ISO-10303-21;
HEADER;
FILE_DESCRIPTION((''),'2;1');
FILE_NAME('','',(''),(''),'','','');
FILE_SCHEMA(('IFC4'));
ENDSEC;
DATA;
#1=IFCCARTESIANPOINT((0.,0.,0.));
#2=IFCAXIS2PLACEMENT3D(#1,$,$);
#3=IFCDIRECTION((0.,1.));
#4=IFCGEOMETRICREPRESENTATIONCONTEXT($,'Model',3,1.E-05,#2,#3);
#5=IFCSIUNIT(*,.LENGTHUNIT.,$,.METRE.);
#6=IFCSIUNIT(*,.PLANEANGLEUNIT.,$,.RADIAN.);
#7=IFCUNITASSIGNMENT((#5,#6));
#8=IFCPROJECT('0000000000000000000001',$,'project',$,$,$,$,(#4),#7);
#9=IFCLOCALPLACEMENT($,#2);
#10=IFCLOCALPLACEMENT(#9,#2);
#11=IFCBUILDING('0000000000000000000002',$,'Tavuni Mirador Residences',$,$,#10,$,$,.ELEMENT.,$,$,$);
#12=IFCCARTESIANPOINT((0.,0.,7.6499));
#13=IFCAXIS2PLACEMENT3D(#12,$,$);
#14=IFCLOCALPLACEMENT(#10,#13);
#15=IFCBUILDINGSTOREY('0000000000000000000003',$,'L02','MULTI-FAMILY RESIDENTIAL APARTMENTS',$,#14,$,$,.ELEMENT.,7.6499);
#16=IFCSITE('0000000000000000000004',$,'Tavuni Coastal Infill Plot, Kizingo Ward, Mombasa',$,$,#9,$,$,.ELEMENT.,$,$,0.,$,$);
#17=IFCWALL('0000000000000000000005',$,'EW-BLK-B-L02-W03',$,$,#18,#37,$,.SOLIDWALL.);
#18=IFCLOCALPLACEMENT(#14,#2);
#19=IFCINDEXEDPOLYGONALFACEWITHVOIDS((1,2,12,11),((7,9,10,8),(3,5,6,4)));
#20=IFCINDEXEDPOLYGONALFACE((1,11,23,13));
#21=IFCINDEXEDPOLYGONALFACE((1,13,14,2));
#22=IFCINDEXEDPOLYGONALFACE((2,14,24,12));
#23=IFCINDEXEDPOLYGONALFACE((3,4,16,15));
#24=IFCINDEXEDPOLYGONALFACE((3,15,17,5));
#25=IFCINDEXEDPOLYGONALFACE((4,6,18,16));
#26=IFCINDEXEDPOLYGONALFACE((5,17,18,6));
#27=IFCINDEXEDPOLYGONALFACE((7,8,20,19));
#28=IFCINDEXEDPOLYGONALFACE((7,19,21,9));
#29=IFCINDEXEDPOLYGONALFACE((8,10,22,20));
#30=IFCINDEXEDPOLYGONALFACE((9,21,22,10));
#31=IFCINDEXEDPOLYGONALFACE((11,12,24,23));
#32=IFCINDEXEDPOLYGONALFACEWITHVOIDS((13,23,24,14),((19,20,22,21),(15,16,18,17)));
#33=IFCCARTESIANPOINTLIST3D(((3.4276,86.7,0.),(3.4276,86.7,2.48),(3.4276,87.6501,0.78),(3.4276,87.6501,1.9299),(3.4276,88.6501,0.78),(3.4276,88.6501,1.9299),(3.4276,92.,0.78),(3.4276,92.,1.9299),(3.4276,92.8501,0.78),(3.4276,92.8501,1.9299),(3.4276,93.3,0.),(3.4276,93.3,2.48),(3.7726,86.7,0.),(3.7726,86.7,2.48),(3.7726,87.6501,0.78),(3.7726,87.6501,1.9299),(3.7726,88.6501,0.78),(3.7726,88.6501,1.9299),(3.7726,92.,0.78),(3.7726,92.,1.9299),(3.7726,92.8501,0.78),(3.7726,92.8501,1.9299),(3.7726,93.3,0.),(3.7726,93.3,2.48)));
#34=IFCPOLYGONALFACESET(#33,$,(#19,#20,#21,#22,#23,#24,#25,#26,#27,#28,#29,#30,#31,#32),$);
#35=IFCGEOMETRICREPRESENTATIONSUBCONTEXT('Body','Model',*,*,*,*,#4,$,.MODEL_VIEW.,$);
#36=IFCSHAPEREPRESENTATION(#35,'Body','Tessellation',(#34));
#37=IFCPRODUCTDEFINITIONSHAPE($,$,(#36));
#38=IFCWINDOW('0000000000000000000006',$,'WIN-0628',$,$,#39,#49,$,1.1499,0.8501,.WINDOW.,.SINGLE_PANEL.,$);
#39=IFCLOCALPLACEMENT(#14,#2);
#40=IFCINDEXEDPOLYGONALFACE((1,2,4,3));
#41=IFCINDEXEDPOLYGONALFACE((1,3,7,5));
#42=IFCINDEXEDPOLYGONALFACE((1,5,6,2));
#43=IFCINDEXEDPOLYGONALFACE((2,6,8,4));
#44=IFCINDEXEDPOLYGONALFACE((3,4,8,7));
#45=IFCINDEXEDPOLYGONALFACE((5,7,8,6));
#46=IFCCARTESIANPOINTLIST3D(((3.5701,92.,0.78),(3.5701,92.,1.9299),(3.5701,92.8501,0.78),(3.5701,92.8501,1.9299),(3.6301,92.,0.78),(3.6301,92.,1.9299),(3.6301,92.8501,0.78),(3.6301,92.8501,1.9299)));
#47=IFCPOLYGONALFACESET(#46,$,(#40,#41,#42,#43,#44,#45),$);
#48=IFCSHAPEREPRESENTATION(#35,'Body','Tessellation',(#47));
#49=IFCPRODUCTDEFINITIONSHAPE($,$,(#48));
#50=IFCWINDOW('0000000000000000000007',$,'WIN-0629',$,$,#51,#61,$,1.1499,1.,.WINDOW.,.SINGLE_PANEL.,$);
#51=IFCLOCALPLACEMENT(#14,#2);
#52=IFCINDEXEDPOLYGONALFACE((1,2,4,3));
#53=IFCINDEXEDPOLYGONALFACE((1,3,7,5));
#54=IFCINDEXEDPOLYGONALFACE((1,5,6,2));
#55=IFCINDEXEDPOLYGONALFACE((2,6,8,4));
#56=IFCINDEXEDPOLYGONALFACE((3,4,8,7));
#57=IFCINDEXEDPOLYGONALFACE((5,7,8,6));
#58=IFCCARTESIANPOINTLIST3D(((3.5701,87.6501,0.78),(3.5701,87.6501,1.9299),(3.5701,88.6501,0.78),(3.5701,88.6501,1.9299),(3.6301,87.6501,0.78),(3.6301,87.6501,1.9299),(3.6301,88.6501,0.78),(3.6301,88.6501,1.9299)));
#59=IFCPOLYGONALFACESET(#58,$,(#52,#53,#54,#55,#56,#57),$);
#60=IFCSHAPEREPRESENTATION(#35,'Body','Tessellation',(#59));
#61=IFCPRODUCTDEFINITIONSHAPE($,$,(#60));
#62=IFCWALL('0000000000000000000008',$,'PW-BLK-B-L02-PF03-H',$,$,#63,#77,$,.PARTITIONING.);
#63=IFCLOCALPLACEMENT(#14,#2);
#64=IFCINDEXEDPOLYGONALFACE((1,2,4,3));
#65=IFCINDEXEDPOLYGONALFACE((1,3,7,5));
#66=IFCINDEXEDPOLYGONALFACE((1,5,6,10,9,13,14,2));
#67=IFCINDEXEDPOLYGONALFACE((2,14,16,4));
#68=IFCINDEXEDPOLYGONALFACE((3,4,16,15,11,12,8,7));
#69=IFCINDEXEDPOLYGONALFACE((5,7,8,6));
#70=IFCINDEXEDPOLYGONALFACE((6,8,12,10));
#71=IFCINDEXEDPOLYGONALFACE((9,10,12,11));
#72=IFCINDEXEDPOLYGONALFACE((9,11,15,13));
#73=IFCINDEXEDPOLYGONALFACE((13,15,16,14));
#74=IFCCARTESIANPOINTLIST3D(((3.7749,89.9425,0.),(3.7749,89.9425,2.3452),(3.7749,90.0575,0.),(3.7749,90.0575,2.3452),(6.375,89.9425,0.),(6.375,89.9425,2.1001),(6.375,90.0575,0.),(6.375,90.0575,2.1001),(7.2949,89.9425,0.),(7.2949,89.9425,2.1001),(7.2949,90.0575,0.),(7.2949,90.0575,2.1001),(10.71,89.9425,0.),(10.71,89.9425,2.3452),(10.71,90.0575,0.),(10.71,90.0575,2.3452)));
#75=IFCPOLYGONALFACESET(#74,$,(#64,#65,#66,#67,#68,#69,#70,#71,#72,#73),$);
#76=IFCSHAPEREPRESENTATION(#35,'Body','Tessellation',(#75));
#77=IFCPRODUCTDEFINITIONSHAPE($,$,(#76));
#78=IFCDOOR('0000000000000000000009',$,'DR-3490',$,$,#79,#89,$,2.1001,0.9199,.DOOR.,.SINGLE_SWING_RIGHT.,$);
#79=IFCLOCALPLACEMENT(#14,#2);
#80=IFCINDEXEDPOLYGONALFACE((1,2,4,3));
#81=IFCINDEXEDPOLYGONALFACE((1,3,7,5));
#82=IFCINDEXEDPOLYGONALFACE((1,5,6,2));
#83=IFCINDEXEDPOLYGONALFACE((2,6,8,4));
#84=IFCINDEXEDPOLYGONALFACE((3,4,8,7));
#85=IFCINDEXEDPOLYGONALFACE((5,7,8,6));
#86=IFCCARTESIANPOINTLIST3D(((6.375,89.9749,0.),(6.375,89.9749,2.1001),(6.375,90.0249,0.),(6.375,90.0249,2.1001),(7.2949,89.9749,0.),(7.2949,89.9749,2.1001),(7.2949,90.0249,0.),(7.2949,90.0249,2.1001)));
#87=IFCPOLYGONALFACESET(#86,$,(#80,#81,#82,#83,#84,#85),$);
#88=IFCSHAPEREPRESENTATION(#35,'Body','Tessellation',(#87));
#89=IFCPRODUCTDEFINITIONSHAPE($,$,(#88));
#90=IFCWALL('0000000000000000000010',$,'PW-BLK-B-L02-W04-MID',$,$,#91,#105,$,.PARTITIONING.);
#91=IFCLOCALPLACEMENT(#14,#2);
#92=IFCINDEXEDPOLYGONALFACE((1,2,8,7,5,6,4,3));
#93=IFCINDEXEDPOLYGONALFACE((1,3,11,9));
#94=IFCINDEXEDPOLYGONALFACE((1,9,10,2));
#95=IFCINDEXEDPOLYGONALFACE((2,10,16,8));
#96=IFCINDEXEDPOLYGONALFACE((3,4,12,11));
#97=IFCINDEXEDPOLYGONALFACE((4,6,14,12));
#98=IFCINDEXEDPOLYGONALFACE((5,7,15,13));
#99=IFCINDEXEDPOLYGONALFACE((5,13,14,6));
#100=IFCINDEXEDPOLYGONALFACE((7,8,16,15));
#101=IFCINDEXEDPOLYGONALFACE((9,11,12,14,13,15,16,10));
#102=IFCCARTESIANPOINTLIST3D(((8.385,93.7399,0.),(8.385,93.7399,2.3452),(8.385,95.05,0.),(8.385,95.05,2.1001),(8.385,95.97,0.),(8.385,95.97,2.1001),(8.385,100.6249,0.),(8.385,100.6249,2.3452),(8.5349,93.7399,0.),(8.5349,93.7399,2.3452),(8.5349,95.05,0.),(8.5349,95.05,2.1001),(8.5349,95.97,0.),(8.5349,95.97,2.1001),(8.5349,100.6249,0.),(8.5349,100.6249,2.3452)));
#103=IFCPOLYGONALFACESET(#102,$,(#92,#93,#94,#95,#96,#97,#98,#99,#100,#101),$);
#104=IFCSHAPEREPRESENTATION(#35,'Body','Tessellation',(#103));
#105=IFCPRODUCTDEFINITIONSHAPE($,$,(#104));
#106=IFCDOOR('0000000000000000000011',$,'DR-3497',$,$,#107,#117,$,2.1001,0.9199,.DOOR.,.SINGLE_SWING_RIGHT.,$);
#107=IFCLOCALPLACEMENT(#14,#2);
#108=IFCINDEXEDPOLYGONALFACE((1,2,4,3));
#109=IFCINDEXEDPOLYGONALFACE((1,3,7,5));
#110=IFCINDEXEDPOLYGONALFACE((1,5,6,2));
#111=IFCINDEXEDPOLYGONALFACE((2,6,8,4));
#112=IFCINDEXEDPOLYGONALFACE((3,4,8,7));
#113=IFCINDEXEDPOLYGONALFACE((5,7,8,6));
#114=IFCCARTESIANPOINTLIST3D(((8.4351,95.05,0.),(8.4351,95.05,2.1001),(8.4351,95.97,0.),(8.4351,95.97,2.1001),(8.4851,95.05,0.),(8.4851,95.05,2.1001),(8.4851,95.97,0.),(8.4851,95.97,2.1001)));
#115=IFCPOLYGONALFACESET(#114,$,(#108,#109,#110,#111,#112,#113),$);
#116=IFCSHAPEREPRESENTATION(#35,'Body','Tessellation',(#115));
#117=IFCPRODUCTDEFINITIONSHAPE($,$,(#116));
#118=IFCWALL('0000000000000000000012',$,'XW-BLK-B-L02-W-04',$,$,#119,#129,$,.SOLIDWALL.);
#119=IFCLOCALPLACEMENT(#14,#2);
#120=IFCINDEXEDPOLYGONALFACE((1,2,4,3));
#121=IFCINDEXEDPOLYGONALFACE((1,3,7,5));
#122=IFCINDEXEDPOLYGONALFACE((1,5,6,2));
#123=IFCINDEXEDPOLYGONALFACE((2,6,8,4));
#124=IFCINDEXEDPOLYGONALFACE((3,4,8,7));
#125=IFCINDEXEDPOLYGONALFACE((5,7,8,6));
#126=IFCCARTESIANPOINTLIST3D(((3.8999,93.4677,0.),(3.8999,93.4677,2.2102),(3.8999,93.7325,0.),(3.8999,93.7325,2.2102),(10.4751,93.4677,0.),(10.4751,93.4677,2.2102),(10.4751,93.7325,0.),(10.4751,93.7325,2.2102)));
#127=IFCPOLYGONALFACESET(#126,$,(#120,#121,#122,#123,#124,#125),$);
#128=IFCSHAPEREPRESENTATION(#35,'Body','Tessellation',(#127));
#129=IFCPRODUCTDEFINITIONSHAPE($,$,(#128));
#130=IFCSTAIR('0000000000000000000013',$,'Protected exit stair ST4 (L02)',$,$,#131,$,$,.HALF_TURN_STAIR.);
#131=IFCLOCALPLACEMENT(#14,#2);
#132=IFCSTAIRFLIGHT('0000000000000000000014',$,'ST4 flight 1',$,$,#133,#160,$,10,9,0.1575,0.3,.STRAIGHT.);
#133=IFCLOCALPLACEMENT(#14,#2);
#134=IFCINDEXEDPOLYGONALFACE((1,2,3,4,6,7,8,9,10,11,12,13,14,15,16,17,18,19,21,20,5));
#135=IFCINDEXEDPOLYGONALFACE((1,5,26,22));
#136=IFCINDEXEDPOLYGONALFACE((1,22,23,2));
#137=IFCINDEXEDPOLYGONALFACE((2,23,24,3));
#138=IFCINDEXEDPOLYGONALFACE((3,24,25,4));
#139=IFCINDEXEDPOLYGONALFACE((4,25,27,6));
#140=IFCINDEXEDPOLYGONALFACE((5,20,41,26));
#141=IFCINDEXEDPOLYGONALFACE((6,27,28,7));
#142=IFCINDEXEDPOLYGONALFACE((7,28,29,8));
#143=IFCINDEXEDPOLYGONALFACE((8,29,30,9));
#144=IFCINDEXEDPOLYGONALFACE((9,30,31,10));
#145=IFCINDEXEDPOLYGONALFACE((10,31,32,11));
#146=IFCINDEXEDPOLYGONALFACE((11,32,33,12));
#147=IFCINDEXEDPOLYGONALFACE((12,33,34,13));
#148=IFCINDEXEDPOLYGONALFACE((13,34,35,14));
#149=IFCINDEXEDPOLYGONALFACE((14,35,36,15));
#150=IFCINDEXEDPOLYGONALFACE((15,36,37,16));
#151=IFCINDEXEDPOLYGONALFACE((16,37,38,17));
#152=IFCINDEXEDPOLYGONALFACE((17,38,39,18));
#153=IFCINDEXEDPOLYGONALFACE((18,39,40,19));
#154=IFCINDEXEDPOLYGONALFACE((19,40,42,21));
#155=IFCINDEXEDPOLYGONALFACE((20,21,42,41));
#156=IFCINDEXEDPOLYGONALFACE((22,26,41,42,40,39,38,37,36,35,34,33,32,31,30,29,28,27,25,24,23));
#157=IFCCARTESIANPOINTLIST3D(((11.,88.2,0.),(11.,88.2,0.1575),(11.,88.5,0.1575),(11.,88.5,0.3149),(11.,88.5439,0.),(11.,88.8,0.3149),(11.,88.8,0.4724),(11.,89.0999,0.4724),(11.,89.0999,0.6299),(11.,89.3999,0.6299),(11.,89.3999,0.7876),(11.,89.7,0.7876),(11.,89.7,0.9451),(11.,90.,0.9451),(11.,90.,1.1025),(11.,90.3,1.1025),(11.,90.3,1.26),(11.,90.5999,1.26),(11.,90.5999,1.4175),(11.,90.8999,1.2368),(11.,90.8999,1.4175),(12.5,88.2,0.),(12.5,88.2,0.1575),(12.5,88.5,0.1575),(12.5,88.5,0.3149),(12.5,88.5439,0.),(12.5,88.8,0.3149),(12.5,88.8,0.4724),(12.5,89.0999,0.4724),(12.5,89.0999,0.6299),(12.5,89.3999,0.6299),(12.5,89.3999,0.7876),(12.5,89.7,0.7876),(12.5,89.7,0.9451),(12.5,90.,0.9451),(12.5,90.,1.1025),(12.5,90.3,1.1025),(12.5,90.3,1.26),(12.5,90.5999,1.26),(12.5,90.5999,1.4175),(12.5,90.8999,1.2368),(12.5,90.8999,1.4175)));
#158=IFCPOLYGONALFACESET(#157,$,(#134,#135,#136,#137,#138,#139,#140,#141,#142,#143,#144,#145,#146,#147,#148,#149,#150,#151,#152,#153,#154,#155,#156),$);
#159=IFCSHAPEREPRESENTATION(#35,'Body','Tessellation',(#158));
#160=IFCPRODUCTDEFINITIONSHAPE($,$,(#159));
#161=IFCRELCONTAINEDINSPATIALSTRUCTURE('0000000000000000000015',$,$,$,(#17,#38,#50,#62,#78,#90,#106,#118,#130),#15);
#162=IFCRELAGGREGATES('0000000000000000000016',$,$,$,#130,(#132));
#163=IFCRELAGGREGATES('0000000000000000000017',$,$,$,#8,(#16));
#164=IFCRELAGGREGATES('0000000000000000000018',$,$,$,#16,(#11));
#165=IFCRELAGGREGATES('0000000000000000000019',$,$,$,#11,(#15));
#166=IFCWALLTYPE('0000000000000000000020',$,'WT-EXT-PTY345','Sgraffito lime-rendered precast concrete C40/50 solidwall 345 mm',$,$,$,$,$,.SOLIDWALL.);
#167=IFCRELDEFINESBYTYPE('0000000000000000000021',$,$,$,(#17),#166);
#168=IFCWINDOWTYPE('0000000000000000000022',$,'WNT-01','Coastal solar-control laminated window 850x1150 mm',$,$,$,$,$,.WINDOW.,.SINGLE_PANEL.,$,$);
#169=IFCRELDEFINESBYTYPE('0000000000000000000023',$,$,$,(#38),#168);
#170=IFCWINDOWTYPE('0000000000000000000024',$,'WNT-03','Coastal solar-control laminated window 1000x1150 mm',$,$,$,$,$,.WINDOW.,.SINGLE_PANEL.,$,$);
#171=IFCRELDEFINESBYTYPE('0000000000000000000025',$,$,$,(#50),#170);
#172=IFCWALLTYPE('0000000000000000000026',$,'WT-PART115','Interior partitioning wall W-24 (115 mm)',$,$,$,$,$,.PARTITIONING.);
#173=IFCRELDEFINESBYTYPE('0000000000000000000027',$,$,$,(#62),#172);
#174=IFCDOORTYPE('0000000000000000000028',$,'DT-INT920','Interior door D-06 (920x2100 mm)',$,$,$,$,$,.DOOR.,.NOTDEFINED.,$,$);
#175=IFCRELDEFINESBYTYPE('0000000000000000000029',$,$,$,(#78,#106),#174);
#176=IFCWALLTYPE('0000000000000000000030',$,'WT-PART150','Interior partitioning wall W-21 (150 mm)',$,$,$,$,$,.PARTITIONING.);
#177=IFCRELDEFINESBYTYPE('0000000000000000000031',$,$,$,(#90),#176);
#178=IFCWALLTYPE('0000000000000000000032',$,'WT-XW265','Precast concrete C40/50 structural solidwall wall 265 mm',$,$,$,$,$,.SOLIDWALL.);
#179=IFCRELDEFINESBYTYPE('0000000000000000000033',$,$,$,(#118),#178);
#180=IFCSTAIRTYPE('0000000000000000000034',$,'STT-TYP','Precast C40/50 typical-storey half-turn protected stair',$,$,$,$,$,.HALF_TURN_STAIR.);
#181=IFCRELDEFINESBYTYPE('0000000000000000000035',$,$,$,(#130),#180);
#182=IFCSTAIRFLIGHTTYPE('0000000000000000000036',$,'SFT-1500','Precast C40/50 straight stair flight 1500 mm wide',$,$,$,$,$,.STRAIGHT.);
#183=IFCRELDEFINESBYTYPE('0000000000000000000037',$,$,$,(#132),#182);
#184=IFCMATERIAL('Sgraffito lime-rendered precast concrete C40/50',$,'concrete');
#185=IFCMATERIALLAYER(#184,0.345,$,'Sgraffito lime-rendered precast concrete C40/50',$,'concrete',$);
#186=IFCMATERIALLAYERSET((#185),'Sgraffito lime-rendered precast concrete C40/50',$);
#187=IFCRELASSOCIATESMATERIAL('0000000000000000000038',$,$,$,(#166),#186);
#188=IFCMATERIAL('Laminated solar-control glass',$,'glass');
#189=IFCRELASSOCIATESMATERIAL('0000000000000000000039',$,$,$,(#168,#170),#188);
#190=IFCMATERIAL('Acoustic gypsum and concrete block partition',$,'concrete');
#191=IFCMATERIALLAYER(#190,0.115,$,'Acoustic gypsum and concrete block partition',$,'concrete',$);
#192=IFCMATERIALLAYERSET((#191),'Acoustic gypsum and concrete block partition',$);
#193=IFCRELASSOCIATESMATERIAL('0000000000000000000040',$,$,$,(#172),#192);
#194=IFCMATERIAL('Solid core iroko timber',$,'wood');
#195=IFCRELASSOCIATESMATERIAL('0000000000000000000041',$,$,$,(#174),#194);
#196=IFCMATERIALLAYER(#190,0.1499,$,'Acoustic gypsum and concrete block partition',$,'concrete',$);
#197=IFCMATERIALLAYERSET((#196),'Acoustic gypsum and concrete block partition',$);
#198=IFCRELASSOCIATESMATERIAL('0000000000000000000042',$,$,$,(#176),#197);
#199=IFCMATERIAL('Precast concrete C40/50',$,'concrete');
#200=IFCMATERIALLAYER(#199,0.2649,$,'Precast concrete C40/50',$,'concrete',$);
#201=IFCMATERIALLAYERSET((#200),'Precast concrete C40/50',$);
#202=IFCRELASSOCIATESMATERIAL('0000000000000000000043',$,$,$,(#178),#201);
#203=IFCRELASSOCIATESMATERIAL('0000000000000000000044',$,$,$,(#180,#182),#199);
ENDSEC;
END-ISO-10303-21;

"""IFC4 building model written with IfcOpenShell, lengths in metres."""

from ifc_helpers import new_model, si_unit, direction, frame, frame_2d, origin, place, context, subcontext, project, spatial, polyline, rectangle, outline, extrude, material, layer, layer_set, type_object, element, fill, aggregate, save


model = new_model("IFC4")

# Units and contexts
model_context = context("Model", 3, precision=1e-05, world=origin(), true_north=direction((0.0, 1.0)))
body_context = subcontext(model_context, "Body", "Model", "MODEL_VIEW")
ifc_project = project(units=[si_unit("LENGTHUNIT", "METRE"), si_unit("PLANEANGLEUNIT", "RADIAN")], contexts=[model_context])

# Site, building, storey
site_placement = place(None, origin())
site = spatial("IfcSite", under=ifc_project, at=site_placement, Name="Tavuni Coastal Infill Plot, Kizingo Ward, Mombasa", CompositionType="ELEMENT", RefElevation=0.0)
building_placement = place(site_placement, origin())
building = spatial("IfcBuilding", under=site, at=building_placement, Name="Tavuni Mirador Residences", CompositionType="ELEMENT")
storey_placement = place(building_placement, frame((0.0, 0.0, 7.6499)))
storey = spatial("IfcBuildingStorey", under=building, at=storey_placement, Name="L02", Description="MULTI-FAMILY RESIDENTIAL APARTMENTS", CompositionType="ELEMENT", Elevation=7.6499)

# Shared definitions
ifc_material_1 = material(Name="Precast concrete C40/50", Category="concrete")

# Shared definitions
ifc_material_2 = material(Name="Solid core iroko timber", Category="wood")

# Wall, openings, windows
ifc_material_3 = material(Name="Sgraffito lime-rendered precast concrete C40/50", Category="concrete")
ifc_layer_1 = layer(ifc_material_3, 0.345, Name="Sgraffito lime-rendered precast concrete C40/50", Category="concrete")
ifc_layer_set_1 = layer_set([ifc_layer_1], Name="Sgraffito lime-rendered precast concrete C40/50")
wall_type_1 = type_object("IfcWallType", Name="WT-EXT-PTY345", Description="Sgraffito lime-rendered precast concrete C40/50 solidwall 345 mm", PredefinedType="SOLIDWALL", material=ifc_layer_set_1)
wall_1_placement = place(storey_placement, frame((3.6001, 93.3, 0.0), z_axis=(0.0, 0.0, 1.0), x_axis=(0.0, -1.0, 0.0)))
wall_1 = element("IfcWall", 1, at=wall_1_placement, inside=storey, type_object=wall_type_1, Name="EW-BLK-B-L02-W03", PredefinedType="SOLIDWALL", context=body_context, shape_type="SweptSolid", body=[
    extrude(rectangle(XDim=6.6001, YDim=0.345, at=frame_2d((3.3, 0.0))), origin(), (0.0, 0.0, 1.0), 2.48),
])
opening_1_placement = place(wall_1_placement, frame((0.45, 0.0, 0.78)))
opening_1 = element("IfcOpeningElement", 2, at=opening_1_placement, cuts=wall_1, PredefinedType="OPENING", context=body_context, shape_type="SweptSolid", body=[
    extrude(rectangle(XDim=0.8501, YDim=1.1499, at=frame_2d((0.425, 0.575))), frame((0.0, 0.1826, 0.0), z_axis=(0.0, -1.0, 0.0), x_axis=(1.0, 0.0, 0.0)), (0.0, 0.0, 1.0), 0.365),
])
opening_2_placement = place(wall_1_placement, frame((4.6499, 0.0, 0.78)))
opening_2 = element("IfcOpeningElement", 3, at=opening_2_placement, cuts=wall_1, PredefinedType="OPENING", context=body_context, shape_type="SweptSolid", body=[
    extrude(rectangle(XDim=1.0, YDim=1.1499, at=frame_2d((0.5, 0.575))), frame((0.0, 0.1826, 0.0), z_axis=(0.0, -1.0, 0.0), x_axis=(1.0, 0.0, 0.0)), (0.0, 0.0, 1.0), 0.365),
])
ifc_material_4 = material(Name="Laminated solar-control glass", Category="glass")
window_type_1 = type_object("IfcWindowType", Name="WNT-01", Description="Coastal solar-control laminated window 850x1150 mm", PartitioningType="SINGLE_PANEL", PredefinedType="WINDOW", material=ifc_material_4)
window_1_placement = place(opening_1_placement, origin())
window_1 = element("IfcWindow", 4, at=window_1_placement, inside=storey, type_object=window_type_1, Name="WIN-0628", OverallHeight=1.1499, OverallWidth=0.8501, PartitioningType="SINGLE_PANEL", PredefinedType="WINDOW", context=body_context, shape_type="SweptSolid", body=[
    extrude(rectangle(XDim=0.8501, YDim=1.1499, at=frame_2d((0.425, 0.575))), frame((0.0, 0.03, 0.0), z_axis=(0.0, -1.0, 0.0), x_axis=(1.0, 0.0, 0.0)), (0.0, 0.0, 1.0), 0.0601),
])
fill(opening_1, window_1)
window_type_2 = type_object("IfcWindowType", Name="WNT-03", Description="Coastal solar-control laminated window 1000x1150 mm", PartitioningType="SINGLE_PANEL", PredefinedType="WINDOW", material=ifc_material_4)
window_2_placement = place(opening_2_placement, origin())
window_2 = element("IfcWindow", 5, at=window_2_placement, inside=storey, type_object=window_type_2, Name="WIN-0629", OverallHeight=1.1499, OverallWidth=1.0, PartitioningType="SINGLE_PANEL", PredefinedType="WINDOW", context=body_context, shape_type="SweptSolid", body=[
    extrude(rectangle(XDim=1.0, YDim=1.1499, at=frame_2d((0.5, 0.575))), frame((0.0, 0.03, 0.0), z_axis=(0.0, -1.0, 0.0), x_axis=(1.0, 0.0, 0.0)), (0.0, 0.0, 1.0), 0.0601),
])
fill(opening_2, window_2)

# Walls, openings, doors
ifc_material_5 = material(Name="Acoustic gypsum and concrete block partition", Category="concrete")
ifc_layer_2 = layer(ifc_material_5, 0.115, Name="Acoustic gypsum and concrete block partition", Category="concrete")
ifc_layer_set_2 = layer_set([ifc_layer_2], Name="Acoustic gypsum and concrete block partition")
wall_type_2 = type_object("IfcWallType", Name="WT-PART115", Description="Interior partitioning wall W-24 (115 mm)", PredefinedType="PARTITIONING", material=ifc_layer_set_2)
wall_2_placement = place(storey_placement, frame((3.7749, 90.0, 0.0), z_axis=(0.0, 0.0, 1.0), x_axis=(1.0, 0.0, 0.0)))
wall_2 = element("IfcWall", 6, at=wall_2_placement, inside=storey, type_object=wall_type_2, Name="PW-BLK-B-L02-PF03-H", PredefinedType="PARTITIONING", context=body_context, shape_type="SweptSolid", body=[
    extrude(rectangle(XDim=6.9351, YDim=0.115, at=frame_2d((3.4675, 0.0))), origin(), (0.0, 0.0, 1.0), 2.3452),
])
opening_3_placement = place(wall_2_placement, frame((2.6001, 0.0, 0.0)))
opening_3 = element("IfcOpeningElement", 7, at=opening_3_placement, cuts=wall_2, PredefinedType="OPENING", context=body_context, shape_type="SweptSolid", body=[
    extrude(rectangle(XDim=0.9199, YDim=2.1001, at=frame_2d((0.46, 1.05))), frame((0.0, 0.0674, 0.0), z_axis=(0.0, -1.0, 0.0), x_axis=(1.0, 0.0, 0.0)), (0.0, 0.0, 1.0), 0.135),
])
door_type_1 = type_object("IfcDoorType", Name="DT-INT920", Description="Interior door D-06 (920x2100 mm)", OperationType="NOTDEFINED", PredefinedType="DOOR", material=ifc_material_2)
door_1_placement = place(opening_3_placement, origin())
door_1 = element("IfcDoor", 8, at=door_1_placement, inside=storey, type_object=door_type_1, Name="DR-3490", OperationType="SINGLE_SWING_RIGHT", OverallHeight=2.1001, OverallWidth=0.9199, PredefinedType="DOOR", context=body_context, shape_type="SweptSolid", body=[
    extrude(rectangle(XDim=0.9199, YDim=2.1001, at=frame_2d((0.46, 1.05))), frame((0.0, 0.0249, 0.0), z_axis=(0.0, -1.0, 0.0), x_axis=(1.0, 0.0, 0.0)), (0.0, 0.0, 1.0), 0.05),
])
fill(opening_3, door_1)
ifc_layer_3 = layer(ifc_material_5, 0.1499, Name="Acoustic gypsum and concrete block partition", Category="concrete")
ifc_layer_set_3 = layer_set([ifc_layer_3], Name="Acoustic gypsum and concrete block partition")
wall_type_3 = type_object("IfcWallType", Name="WT-PART150", Description="Interior partitioning wall W-21 (150 mm)", PredefinedType="PARTITIONING", material=ifc_layer_set_3)
wall_3_placement = place(storey_placement, frame((8.46, 93.74, 0.0), z_axis=(0.0, 0.0, 1.0), x_axis=(0.0, 1.0, 0.0)))
wall_3 = element("IfcWall", 9, at=wall_3_placement, inside=storey, type_object=wall_type_3, Name="PW-BLK-B-L02-W04-MID", PredefinedType="PARTITIONING", context=body_context, shape_type="SweptSolid", body=[
    extrude(rectangle(XDim=6.885, YDim=0.1499, at=frame_2d((3.4424, 0.0))), origin(), (0.0, 0.0, 1.0), 2.3452),
])
opening_4_placement = place(wall_3_placement, frame((1.3101, 0.0, 0.0)))
opening_4 = element("IfcOpeningElement", 10, at=opening_4_placement, cuts=wall_3, PredefinedType="OPENING", context=body_context, shape_type="SweptSolid", body=[
    extrude(rectangle(XDim=0.9199, YDim=2.1001, at=frame_2d((0.46, 1.05))), frame((0.0, 0.085, 0.0), z_axis=(0.0, -1.0, 0.0), x_axis=(1.0, 0.0, 0.0)), (0.0, 0.0, 1.0), 0.1699),
])
door_2_placement = place(opening_4_placement, origin())
door_2 = element("IfcDoor", 11, at=door_2_placement, inside=storey, type_object=door_type_1, Name="DR-3497", OperationType="SINGLE_SWING_RIGHT", OverallHeight=2.1001, OverallWidth=0.9199, PredefinedType="DOOR", context=body_context, shape_type="SweptSolid", body=[
    extrude(rectangle(XDim=0.9199, YDim=2.1001, at=frame_2d((0.46, 1.05))), frame((0.0, 0.0249, 0.0), z_axis=(0.0, -1.0, 0.0), x_axis=(1.0, 0.0, 0.0)), (0.0, 0.0, 1.0), 0.05),
])
fill(opening_4, door_2)

# Wall
ifc_layer_4 = layer(ifc_material_1, 0.2649, Name="Precast concrete C40/50", Category="concrete")
ifc_layer_set_4 = layer_set([ifc_layer_4], Name="Precast concrete C40/50")
wall_type_4 = type_object("IfcWallType", Name="WT-XW265", Description="Precast concrete C40/50 structural solidwall wall 265 mm", PredefinedType="SOLIDWALL", material=ifc_layer_set_4)
wall_4_placement = place(storey_placement, frame((3.8999, 93.6001, 0.0), z_axis=(0.0, 0.0, 1.0), x_axis=(1.0, 0.0, 0.0)))
element("IfcWall", 12, at=wall_4_placement, inside=storey, type_object=wall_type_4, Name="XW-BLK-B-L02-W-04", PredefinedType="SOLIDWALL", context=body_context, shape_type="SweptSolid", body=[
    extrude(rectangle(XDim=6.5752, YDim=0.2649, at=frame_2d((3.2876, 0.0))), origin(), (0.0, 0.0, 1.0), 2.2102),
])

# Stair, stair flight
stair_type = type_object("IfcStairType", Name="STT-TYP", Description="Precast C40/50 typical-storey half-turn protected stair", PredefinedType="HALF_TURN_STAIR", material=ifc_material_1)
stair_placement = place(storey_placement, origin())
stair = element("IfcStair", 13, at=stair_placement, inside=storey, type_object=stair_type, Name="Protected exit stair ST4 (L02)", PredefinedType="HALF_TURN_STAIR")
stair_flight_type = type_object("IfcStairFlightType", Name="SFT-1500", Description="Precast C40/50 straight stair flight 1500 mm wide", PredefinedType="STRAIGHT", material=ifc_material_1)
stair_flight_placement = place(storey_placement, frame((11.75, 88.2, 0.0), z_axis=(0.0, 0.0, 1.0), x_axis=(0.0, 1.0, 0.0)))
stair_flight = element("IfcStairFlight", 14, at=stair_flight_placement, type_object=stair_flight_type, Name="ST4 flight 1", NumberOfRisers=10, NumberOfTreads=9, PredefinedType="STRAIGHT", RiserHeight=0.1575, TreadLength=0.3, context=body_context, shape_type="SweptSolid", body=[
    extrude(outline(polyline([(0.0, 0.0), (0.0, 0.1575), (0.3, 0.1575), (0.3, 0.3149), (0.6001, 0.3149), (0.6001, 0.4724), (0.8999, 0.4724), (0.8999, 0.6299), (1.2, 0.6299), (1.2, 0.7876), (1.5, 0.7876), (1.5, 0.9451), (1.8, 0.9451), (1.8, 1.1025), (2.1001, 1.1025), (2.1001, 1.26), (2.3999, 1.26), (2.3999, 1.4175), (2.7, 1.4175), (2.7, 1.575), (2.7, 1.2368), (0.344, 0.0), (0.0, 0.0)])), frame((0.0, 0.75, 0.0), z_axis=(0.0, -1.0, 0.0), x_axis=(1.0, 0.0, 0.0)), (0.0, 0.0, 1.0), 1.5),
])
aggregate(stair, [stair_flight])

save(model, "model.ifc")
